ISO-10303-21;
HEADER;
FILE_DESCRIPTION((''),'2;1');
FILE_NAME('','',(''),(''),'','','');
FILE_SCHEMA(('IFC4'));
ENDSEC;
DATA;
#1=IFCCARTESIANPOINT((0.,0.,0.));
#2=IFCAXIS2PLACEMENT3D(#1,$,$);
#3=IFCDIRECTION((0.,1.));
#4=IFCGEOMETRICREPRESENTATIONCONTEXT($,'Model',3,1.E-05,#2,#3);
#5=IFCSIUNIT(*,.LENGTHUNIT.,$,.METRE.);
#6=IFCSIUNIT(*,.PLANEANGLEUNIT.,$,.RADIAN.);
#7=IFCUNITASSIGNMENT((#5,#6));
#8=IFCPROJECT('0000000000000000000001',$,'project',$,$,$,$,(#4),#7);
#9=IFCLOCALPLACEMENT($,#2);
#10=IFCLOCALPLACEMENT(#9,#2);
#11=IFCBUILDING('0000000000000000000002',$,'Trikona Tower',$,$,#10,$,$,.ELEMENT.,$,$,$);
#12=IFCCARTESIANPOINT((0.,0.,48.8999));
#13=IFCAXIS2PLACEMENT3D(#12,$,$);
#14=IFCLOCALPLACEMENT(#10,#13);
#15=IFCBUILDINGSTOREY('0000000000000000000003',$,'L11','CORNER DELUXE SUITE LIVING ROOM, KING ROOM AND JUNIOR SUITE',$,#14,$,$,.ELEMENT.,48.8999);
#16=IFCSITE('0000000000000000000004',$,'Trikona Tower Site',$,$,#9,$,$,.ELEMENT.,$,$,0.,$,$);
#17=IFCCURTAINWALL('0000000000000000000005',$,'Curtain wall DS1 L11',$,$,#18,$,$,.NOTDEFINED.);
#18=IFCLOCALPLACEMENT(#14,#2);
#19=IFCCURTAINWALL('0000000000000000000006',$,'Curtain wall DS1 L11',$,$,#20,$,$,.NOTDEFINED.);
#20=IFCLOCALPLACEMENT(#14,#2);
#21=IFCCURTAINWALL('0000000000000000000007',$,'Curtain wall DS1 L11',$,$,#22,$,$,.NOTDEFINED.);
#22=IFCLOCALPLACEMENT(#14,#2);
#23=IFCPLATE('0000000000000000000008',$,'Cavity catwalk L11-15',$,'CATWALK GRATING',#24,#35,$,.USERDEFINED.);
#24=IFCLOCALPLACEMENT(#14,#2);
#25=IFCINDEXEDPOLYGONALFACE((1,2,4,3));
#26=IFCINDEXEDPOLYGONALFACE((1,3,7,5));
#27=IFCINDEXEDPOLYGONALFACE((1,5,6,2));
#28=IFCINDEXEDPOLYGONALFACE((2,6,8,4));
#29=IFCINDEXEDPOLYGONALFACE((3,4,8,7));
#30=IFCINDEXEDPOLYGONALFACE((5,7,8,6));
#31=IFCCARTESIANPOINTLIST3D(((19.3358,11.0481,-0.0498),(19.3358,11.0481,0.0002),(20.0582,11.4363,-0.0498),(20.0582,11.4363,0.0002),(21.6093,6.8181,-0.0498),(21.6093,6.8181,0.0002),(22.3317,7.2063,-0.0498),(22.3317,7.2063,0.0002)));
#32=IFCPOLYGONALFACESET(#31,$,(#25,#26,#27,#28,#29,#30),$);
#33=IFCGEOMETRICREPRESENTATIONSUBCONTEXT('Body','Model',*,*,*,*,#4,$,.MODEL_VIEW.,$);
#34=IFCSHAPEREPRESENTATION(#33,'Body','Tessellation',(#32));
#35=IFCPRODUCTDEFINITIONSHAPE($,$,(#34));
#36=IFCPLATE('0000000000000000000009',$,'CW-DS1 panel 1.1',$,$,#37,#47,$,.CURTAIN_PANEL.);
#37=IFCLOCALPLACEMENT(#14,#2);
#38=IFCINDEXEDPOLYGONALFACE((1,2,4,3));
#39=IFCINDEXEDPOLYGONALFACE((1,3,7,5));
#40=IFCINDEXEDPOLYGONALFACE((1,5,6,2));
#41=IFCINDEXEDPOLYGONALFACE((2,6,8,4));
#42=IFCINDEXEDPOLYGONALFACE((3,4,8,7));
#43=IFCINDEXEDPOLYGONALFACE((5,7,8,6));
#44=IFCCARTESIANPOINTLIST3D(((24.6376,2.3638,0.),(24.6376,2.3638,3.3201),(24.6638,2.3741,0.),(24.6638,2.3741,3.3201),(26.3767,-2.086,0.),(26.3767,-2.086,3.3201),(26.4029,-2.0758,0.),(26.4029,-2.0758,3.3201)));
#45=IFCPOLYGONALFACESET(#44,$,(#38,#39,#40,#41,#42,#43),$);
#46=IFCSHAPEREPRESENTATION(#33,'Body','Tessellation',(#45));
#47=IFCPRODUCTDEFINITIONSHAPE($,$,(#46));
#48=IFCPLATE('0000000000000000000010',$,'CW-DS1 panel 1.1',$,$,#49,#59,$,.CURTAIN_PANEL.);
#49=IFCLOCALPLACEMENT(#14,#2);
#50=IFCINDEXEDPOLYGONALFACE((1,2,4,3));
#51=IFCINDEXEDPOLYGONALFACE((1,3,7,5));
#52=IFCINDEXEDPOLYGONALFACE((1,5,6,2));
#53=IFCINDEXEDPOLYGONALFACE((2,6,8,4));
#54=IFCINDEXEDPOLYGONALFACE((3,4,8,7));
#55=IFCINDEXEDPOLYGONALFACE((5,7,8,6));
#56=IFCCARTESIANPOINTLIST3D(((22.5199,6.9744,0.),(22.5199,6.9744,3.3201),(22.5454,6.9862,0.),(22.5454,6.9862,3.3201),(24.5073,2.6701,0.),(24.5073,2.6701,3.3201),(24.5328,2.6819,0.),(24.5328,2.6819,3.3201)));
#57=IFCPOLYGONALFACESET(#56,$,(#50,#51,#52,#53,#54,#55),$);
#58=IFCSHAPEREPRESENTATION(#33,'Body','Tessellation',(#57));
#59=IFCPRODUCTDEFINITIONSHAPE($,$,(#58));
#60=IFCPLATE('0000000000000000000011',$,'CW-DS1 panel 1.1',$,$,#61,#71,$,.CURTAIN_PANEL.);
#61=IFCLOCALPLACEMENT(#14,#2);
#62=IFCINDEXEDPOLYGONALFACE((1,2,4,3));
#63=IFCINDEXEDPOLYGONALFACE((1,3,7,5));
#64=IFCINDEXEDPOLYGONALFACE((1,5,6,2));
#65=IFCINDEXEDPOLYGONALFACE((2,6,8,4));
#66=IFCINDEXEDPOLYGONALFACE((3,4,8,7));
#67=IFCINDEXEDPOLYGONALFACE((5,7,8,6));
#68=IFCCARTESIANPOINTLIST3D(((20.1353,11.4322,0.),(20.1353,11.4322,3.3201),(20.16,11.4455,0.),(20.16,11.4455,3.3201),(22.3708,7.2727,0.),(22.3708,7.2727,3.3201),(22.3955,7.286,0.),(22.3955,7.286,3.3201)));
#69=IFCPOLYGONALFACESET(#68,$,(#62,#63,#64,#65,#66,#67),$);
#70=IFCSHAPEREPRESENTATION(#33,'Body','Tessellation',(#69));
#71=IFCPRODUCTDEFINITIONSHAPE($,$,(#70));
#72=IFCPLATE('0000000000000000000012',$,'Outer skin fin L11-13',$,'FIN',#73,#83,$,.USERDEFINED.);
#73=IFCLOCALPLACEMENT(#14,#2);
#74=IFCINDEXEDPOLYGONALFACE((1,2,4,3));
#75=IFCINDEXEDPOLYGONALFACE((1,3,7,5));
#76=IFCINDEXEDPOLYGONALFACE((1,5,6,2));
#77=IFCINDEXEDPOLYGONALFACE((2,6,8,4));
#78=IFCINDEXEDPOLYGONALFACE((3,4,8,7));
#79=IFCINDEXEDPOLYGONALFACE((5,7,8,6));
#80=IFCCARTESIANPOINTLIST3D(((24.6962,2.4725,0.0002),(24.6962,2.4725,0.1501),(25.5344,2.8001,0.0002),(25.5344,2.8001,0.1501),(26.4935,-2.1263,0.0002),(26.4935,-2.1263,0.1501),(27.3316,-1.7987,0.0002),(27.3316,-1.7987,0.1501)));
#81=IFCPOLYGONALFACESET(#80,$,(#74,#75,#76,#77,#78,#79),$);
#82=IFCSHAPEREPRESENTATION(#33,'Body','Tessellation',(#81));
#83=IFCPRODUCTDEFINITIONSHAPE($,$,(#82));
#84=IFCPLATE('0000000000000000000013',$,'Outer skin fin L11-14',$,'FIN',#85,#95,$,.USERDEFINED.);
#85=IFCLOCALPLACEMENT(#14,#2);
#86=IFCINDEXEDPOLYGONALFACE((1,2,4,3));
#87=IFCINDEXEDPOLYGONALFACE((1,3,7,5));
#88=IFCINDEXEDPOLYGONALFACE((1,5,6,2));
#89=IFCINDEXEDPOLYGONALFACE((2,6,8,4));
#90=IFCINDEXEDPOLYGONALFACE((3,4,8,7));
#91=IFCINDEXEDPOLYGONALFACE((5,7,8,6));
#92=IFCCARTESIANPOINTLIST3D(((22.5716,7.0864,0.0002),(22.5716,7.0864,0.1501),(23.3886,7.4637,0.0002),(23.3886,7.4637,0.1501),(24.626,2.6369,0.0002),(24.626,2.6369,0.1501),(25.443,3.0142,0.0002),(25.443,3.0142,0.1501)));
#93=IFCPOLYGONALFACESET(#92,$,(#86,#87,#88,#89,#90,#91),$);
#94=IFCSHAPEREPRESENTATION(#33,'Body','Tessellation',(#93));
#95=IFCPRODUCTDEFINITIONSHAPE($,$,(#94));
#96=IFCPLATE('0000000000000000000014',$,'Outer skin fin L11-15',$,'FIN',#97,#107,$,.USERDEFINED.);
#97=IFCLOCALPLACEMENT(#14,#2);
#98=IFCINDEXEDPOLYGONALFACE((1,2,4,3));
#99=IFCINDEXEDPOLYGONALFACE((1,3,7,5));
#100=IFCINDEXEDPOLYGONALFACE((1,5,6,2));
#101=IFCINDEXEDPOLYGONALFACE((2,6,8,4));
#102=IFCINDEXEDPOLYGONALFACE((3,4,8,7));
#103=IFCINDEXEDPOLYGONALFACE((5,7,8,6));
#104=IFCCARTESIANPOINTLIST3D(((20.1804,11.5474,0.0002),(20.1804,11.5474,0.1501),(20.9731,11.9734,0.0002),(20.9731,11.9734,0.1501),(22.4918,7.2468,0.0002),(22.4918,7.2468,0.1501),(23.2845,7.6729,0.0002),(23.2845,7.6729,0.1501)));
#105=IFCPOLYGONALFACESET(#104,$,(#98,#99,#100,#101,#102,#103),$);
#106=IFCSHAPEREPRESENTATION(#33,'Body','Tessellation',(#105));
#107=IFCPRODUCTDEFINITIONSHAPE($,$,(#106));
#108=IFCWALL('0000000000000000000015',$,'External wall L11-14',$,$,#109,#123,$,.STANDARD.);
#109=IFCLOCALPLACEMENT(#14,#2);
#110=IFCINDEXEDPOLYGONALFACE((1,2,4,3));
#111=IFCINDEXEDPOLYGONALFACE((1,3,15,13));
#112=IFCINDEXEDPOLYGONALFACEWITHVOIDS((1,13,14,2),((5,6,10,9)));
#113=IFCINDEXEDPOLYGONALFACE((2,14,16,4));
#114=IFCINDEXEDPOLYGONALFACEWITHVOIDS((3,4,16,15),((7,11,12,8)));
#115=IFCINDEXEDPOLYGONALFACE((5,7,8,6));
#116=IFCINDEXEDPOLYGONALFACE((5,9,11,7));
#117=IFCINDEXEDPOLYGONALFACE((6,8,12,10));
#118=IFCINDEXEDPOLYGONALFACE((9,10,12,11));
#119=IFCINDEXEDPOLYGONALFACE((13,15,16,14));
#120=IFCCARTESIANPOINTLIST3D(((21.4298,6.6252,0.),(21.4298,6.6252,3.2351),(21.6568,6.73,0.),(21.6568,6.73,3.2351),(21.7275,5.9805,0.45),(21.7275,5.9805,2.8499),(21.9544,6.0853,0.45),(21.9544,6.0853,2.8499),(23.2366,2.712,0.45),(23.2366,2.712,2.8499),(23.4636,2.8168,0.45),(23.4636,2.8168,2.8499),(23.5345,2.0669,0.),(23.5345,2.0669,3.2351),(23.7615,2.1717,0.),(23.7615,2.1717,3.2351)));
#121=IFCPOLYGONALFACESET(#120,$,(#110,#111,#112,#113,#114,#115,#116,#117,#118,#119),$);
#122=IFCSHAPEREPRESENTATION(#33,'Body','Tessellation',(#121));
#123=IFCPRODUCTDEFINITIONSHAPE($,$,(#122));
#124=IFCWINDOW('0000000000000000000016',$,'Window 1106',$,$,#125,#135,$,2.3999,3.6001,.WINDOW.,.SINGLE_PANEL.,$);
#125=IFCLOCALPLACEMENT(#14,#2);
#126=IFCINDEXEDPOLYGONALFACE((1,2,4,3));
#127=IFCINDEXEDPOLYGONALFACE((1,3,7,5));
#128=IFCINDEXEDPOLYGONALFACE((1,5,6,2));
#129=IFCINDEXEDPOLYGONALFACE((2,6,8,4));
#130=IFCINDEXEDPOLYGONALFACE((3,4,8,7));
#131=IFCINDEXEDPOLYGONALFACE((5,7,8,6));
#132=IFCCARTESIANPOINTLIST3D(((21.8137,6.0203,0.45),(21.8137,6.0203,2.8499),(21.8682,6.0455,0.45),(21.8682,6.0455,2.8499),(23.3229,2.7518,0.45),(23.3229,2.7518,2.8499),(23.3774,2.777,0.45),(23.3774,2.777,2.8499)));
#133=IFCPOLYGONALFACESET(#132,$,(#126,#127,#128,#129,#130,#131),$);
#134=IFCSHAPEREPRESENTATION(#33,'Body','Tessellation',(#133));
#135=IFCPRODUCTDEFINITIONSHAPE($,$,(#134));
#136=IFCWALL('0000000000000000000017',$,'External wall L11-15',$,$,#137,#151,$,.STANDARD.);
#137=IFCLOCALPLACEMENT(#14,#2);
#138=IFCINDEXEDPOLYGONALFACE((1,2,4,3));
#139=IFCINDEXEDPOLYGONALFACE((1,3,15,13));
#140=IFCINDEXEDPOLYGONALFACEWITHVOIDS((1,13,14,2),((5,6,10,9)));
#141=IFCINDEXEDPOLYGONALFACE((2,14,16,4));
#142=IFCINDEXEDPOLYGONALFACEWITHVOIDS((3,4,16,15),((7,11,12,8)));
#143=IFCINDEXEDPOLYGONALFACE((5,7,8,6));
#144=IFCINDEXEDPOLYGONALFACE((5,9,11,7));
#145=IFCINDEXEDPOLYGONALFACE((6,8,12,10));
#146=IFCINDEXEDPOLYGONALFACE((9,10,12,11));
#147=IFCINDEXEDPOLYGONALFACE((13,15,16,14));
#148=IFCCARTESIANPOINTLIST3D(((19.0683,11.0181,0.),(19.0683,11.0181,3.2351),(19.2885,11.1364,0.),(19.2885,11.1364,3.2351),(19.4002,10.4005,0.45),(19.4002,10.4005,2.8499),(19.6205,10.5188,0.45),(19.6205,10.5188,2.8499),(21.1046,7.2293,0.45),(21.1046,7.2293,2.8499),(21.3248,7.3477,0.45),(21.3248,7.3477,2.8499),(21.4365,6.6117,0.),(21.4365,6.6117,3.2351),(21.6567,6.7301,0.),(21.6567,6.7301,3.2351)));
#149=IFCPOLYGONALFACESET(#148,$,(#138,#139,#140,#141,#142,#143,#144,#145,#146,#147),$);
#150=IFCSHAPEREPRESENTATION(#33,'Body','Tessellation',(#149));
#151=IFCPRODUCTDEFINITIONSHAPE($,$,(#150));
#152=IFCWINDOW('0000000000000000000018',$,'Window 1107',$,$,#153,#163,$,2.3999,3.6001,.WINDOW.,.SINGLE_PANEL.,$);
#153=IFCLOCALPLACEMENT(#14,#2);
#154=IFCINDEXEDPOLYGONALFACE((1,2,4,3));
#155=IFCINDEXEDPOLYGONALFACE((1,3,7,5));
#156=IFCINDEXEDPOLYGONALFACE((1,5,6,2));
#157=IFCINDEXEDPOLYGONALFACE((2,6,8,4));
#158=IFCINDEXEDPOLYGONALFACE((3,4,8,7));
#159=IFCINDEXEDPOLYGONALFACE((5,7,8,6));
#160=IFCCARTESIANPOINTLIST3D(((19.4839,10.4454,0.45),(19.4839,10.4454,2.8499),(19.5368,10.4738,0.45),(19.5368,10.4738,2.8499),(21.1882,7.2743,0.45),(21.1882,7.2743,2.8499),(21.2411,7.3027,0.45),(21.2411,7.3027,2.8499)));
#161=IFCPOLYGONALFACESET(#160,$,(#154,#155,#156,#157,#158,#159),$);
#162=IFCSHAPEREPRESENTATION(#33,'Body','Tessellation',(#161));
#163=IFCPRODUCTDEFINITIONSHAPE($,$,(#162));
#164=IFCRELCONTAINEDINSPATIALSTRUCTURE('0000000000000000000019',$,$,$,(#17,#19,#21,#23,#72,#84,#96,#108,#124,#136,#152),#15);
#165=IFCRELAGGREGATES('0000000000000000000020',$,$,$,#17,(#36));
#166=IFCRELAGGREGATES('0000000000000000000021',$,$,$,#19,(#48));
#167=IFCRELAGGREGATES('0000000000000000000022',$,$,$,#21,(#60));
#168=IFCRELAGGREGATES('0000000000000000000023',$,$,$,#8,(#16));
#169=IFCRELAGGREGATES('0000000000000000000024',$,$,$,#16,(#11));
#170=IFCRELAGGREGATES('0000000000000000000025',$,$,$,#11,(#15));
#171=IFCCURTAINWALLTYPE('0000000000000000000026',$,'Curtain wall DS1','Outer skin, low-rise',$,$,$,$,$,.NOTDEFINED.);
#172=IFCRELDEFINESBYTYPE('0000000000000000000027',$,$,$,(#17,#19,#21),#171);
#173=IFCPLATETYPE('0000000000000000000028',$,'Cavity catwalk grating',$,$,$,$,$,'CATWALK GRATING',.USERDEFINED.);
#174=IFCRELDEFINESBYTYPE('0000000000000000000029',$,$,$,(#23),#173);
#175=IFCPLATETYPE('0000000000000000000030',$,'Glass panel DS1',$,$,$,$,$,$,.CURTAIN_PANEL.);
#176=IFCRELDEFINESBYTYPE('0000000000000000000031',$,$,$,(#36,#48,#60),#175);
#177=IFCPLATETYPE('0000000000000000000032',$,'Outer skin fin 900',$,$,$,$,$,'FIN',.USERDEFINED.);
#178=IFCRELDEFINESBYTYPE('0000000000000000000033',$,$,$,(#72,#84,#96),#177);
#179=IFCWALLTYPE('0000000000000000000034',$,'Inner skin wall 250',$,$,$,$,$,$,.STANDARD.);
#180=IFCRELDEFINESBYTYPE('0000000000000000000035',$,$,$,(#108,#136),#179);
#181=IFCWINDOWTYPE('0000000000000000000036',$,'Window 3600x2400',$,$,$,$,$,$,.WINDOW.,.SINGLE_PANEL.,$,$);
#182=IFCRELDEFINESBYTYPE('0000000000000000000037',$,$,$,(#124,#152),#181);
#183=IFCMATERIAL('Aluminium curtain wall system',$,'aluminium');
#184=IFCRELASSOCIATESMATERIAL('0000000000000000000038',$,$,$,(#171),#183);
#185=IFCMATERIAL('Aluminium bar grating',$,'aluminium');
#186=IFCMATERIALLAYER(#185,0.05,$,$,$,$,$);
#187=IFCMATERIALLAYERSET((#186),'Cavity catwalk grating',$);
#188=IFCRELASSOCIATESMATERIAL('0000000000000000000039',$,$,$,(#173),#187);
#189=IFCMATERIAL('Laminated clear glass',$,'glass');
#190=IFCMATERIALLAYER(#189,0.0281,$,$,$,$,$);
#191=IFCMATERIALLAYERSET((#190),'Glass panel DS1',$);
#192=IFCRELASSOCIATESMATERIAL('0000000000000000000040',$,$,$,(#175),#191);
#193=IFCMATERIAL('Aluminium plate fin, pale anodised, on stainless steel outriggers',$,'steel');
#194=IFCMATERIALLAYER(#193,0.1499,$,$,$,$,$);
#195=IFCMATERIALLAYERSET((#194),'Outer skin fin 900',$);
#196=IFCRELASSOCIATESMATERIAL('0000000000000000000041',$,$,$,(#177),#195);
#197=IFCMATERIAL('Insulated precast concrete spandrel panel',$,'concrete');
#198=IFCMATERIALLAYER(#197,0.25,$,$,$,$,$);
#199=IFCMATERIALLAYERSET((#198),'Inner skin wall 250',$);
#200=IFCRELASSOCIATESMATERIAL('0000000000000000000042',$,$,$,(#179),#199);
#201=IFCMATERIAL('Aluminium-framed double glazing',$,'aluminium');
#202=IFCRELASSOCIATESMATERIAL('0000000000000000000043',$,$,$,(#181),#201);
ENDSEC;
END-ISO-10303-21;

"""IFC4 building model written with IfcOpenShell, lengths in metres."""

from ifc_helpers import new_model, si_unit, direction, frame, frame_2d, origin, origin_2d, place, context, subcontext, project, spatial, rectangle, extrude, material, layer, layer_set, type_object, element, fill, aggregate, save


model = new_model("IFC4")

# Units and contexts
model_context = context("Model", 3, precision=1e-05, world=origin(), true_north=direction((0.0, 1.0)))
body_context = subcontext(model_context, "Body", "Model", "MODEL_VIEW")
ifc_project = project(units=[si_unit("LENGTHUNIT", "METRE"), si_unit("PLANEANGLEUNIT", "RADIAN")], contexts=[model_context])

# Site, building, storey
site_placement = place(None, origin())
site = spatial("IfcSite", under=ifc_project, at=site_placement, Name="Trikona Tower Site", CompositionType="ELEMENT", RefElevation=0.0)
building_placement = place(site_placement, origin())
building = spatial("IfcBuilding", under=site, at=building_placement, Name="Trikona Tower", CompositionType="ELEMENT")
storey_placement = place(building_placement, frame((0.0, 0.0, 48.8999)))
storey = spatial("IfcBuildingStorey", under=building, at=storey_placement, Name="L11", Description="CORNER DELUXE SUITE LIVING ROOM, KING ROOM AND JUNIOR SUITE", CompositionType="ELEMENT", Elevation=48.8999)

# Curtain wall
ifc_material_1 = material(Name="Aluminium curtain wall system", Category="aluminium")
curtain_wall_type = type_object("IfcCurtainWallType", Name="Curtain wall DS1", Description="Outer skin, low-rise", PredefinedType="NOTDEFINED", material=ifc_material_1)
curtain_wall_1_placement = place(storey_placement, origin())
curtain_wall_1 = element("IfcCurtainWall", 1, at=curtain_wall_1_placement, inside=storey, type_object=curtain_wall_type, Name="Curtain wall DS1 L11", PredefinedType="NOTDEFINED")

# Curtain walls
curtain_wall_2_placement = place(storey_placement, origin())
curtain_wall_2 = element("IfcCurtainWall", 2, at=curtain_wall_2_placement, inside=storey, type_object=curtain_wall_type, Name="Curtain wall DS1 L11", PredefinedType="NOTDEFINED")
curtain_wall_3_placement = place(storey_placement, origin())
curtain_wall_3 = element("IfcCurtainWall", 3, at=curtain_wall_3_placement, inside=storey, type_object=curtain_wall_type, Name="Curtain wall DS1 L11", PredefinedType="NOTDEFINED")

# Plate
ifc_material_2 = material(Name="Aluminium bar grating", Category="aluminium")
ifc_layer_1 = layer(ifc_material_2, 0.05)
ifc_layer_set_1 = layer_set([ifc_layer_1], Name="Cavity catwalk grating")
plate_type_1 = type_object("IfcPlateType", Name="Cavity catwalk grating", ElementType="CATWALK GRATING", PredefinedType="USERDEFINED", material=ifc_layer_set_1)
plate_1_placement = place(storey_placement, frame((20.8337, 9.1272, -0.0498), z_axis=(0.0, 0.0, 1.0), x_axis=(-0.473423, 0.880835, 0.0)))
element("IfcPlate", 4, at=plate_1_placement, inside=storey, type_object=plate_type_1, Name="Cavity catwalk L11-15", ObjectType="CATWALK GRATING", PredefinedType="USERDEFINED", context=body_context, shape_type="SweptSolid", body=[
    extrude(rectangle(XDim=4.8022, YDim=0.8201, at=origin_2d()), origin(), (0.0, 0.0, 1.0), 0.05),
])

# Plates
ifc_material_3 = material(Name="Laminated clear glass", Category="glass")
ifc_layer_2 = layer(ifc_material_3, 0.0281)
ifc_layer_set_2 = layer_set([ifc_layer_2], Name="Glass panel DS1")
plate_type_2 = type_object("IfcPlateType", Name="Glass panel DS1", PredefinedType="CURTAIN_PANEL", material=ifc_layer_set_2)
plate_2_placement = place(storey_placement, frame((25.5203, 0.144, 0.0), z_axis=(0.0, 0.0, 1.0), x_axis=(-0.364008, 0.931396, 0.0)))
plate_2 = element("IfcPlate", 5, at=plate_2_placement, type_object=plate_type_2, Name="CW-DS1 panel 1.1", PredefinedType="CURTAIN_PANEL", context=body_context, shape_type="SweptSolid", body=[
    extrude(rectangle(XDim=4.7776, YDim=0.0281, at=origin_2d()), origin(), (0.0, 0.0, 1.0), 3.3201),
])
aggregate(curtain_wall_1, [plate_2])
plate_3_placement = place(storey_placement, frame((23.5264, 4.8281, 0.0), z_axis=(0.0, 0.0, 1.0), x_axis=(-0.41919, 0.907898, 0.0)))
plate_3 = element("IfcPlate", 6, at=plate_3_placement, type_object=plate_type_2, Name="CW-DS1 panel 1.1", PredefinedType="CURTAIN_PANEL", context=body_context, shape_type="SweptSolid", body=[
    extrude(rectangle(XDim=4.741, YDim=0.0281, at=origin_2d()), origin(), (0.0, 0.0, 1.0), 3.3201),
])
aggregate(curtain_wall_2, [plate_3])
plate_4_placement = place(storey_placement, frame((21.2654, 9.3591, 0.0), z_axis=(0.0, 0.0, 1.0), x_axis=(-0.473408, 0.880843, 0.0)))
plate_4 = element("IfcPlate", 7, at=plate_4_placement, type_object=plate_type_2, Name="CW-DS1 panel 1.1", PredefinedType="CURTAIN_PANEL", context=body_context, shape_type="SweptSolid", body=[
    extrude(rectangle(XDim=4.7222, YDim=0.0281, at=origin_2d()), origin(), (0.0, 0.0, 1.0), 3.3201),
])
aggregate(curtain_wall_3, [plate_4])

# Plates
ifc_material_4 = material(Name="Aluminium plate fin, pale anodised, on stainless steel outriggers", Category="steel")
ifc_layer_3 = layer(ifc_material_4, 0.1499)
ifc_layer_set_3 = layer_set([ifc_layer_3], Name="Outer skin fin 900")
plate_type_3 = type_object("IfcPlateType", Name="Outer skin fin 900", ElementType="FIN", PredefinedType="USERDEFINED", material=ifc_layer_set_3)
plate_5_placement = place(storey_placement, frame((26.0139, 0.3369, 0.0002), z_axis=(0.0, 0.0, 1.0), x_axis=(-0.364009, 0.931395, 0.0)))
element("IfcPlate", 8, at=plate_5_placement, inside=storey, type_object=plate_type_3, Name="Outer skin fin L11-13", ObjectType="FIN", PredefinedType="USERDEFINED", context=body_context, shape_type="SweptSolid", body=[
    extrude(rectangle(XDim=4.9375, YDim=0.8999, at=origin_2d()), origin(), (0.0, 0.0, 1.0), 0.1499),
])
plate_6_placement = place(storey_placement, frame((24.0073, 5.0503, 0.0002), z_axis=(0.0, 0.0, 1.0), x_axis=(-0.419194, 0.907897, 0.0)))
element("IfcPlate", 9, at=plate_6_placement, inside=storey, type_object=plate_type_3, Name="Outer skin fin L11-14", ObjectType="FIN", PredefinedType="USERDEFINED", context=body_context, shape_type="SweptSolid", body=[
    extrude(rectangle(XDim=4.9009, YDim=0.8999, at=origin_2d()), origin(), (0.0, 0.0, 1.0), 0.1499),
])
plate_7_placement = place(storey_placement, frame((21.7324, 9.6101, 0.0002), z_axis=(0.0, 0.0, 1.0), x_axis=(-0.473423, 0.880835, 0.0)))
element("IfcPlate", 10, at=plate_7_placement, inside=storey, type_object=plate_type_3, Name="Outer skin fin L11-15", ObjectType="FIN", PredefinedType="USERDEFINED", context=body_context, shape_type="SweptSolid", body=[
    extrude(rectangle(XDim=4.8823, YDim=0.8999, at=origin_2d()), origin(), (0.0, 0.0, 1.0), 0.1499),
])

# Walls, openings, windows
ifc_material_5 = material(Name="Insulated precast concrete spandrel panel", Category="concrete")
ifc_layer_4 = layer(ifc_material_5, 0.25)
ifc_layer_set_4 = layer_set([ifc_layer_4], Name="Inner skin wall 250")
wall_type = type_object("IfcWallType", Name="Inner skin wall 250", PredefinedType="STANDARD", material=ifc_layer_set_4)
wall_1_placement = place(storey_placement, frame((23.6479, 2.1194, 0.0), z_axis=(0.0, 0.0, 1.0), x_axis=(-0.419203, 0.907892, 0.0)))
wall_1 = element("IfcWall", 11, at=wall_1_placement, inside=storey, type_object=wall_type, Name="External wall L11-14", PredefinedType="STANDARD", context=body_context, shape_type="SweptSolid", body=[
    extrude(rectangle(XDim=5.0208, YDim=0.25, at=frame_2d((2.5103, 0.0))), origin(), (0.0, 0.0, 1.0), 3.2351),
])
opening_1_placement = place(wall_1_placement, frame((0.7104, 0.0, 0.45)))
opening_1 = element("IfcOpeningElement", 12, at=opening_1_placement, cuts=wall_1, PredefinedType="OPENING", context=body_context, shape_type="SweptSolid", body=[
    extrude(rectangle(XDim=3.6001, YDim=2.3999, at=frame_2d((1.8, 1.2))), frame((0.0, 0.135, 0.0), z_axis=(0.0, -1.0, 0.0), x_axis=(1.0, 0.0, 0.0)), (0.0, 0.0, 1.0), 0.27),
])
ifc_material_6 = material(Name="Aluminium-framed double glazing", Category="aluminium")
window_type = type_object("IfcWindowType", Name="Window 3600x2400", PartitioningType="SINGLE_PANEL", PredefinedType="WINDOW", material=ifc_material_6)
window_1_placement = place(opening_1_placement, origin())
window_1 = element("IfcWindow", 13, at=window_1_placement, inside=storey, type_object=window_type, Name="Window 1106", OverallHeight=2.3999, OverallWidth=3.6001, PartitioningType="SINGLE_PANEL", PredefinedType="WINDOW", context=body_context, shape_type="SweptSolid", body=[
    extrude(rectangle(XDim=3.6001, YDim=2.3999, at=frame_2d((1.8, 1.2))), frame((0.0, 0.03, 0.0), z_axis=(0.0, -1.0, 0.0), x_axis=(1.0, 0.0, 0.0)), (0.0, 0.0, 1.0), 0.0601),
])
fill(opening_1, window_1)
wall_2_placement = place(storey_placement, frame((21.5466, 6.6709, 0.0), z_axis=(0.0, 0.0, 1.0), x_axis=(-0.473413, 0.880841, 0.0)))
wall_2 = element("IfcWall", 14, at=wall_2_placement, inside=storey, type_object=wall_type, Name="External wall L11-15", PredefinedType="STANDARD", context=body_context, shape_type="SweptSolid", body=[
    extrude(rectangle(XDim=5.0024, YDim=0.25, at=frame_2d((2.5012, 0.0))), origin(), (0.0, 0.0, 1.0), 3.2351),
])
opening_2_placement = place(wall_2_placement, frame((0.7012, 0.0, 0.45)))
opening_2 = element("IfcOpeningElement", 15, at=opening_2_placement, cuts=wall_2, PredefinedType="OPENING", context=body_context, shape_type="SweptSolid", body=[
    extrude(rectangle(XDim=3.6001, YDim=2.3999, at=frame_2d((1.8, 1.2))), frame((0.0, 0.135, 0.0), z_axis=(0.0, -1.0, 0.0), x_axis=(1.0, 0.0, 0.0)), (0.0, 0.0, 1.0), 0.27),
])
window_2_placement = place(opening_2_placement, origin())
window_2 = element("IfcWindow", 16, at=window_2_placement, inside=storey, type_object=window_type, Name="Window 1107", OverallHeight=2.3999, OverallWidth=3.6001, PartitioningType="SINGLE_PANEL", PredefinedType="WINDOW", context=body_context, shape_type="SweptSolid", body=[
    extrude(rectangle(XDim=3.6001, YDim=2.3999, at=frame_2d((1.8, 1.2))), frame((0.0, 0.03, 0.0), z_axis=(0.0, -1.0, 0.0), x_axis=(1.0, 0.0, 0.0)), (0.0, 0.0, 1.0), 0.0601),
])
fill(opening_2, window_2)

save(model, "model.ifc")
